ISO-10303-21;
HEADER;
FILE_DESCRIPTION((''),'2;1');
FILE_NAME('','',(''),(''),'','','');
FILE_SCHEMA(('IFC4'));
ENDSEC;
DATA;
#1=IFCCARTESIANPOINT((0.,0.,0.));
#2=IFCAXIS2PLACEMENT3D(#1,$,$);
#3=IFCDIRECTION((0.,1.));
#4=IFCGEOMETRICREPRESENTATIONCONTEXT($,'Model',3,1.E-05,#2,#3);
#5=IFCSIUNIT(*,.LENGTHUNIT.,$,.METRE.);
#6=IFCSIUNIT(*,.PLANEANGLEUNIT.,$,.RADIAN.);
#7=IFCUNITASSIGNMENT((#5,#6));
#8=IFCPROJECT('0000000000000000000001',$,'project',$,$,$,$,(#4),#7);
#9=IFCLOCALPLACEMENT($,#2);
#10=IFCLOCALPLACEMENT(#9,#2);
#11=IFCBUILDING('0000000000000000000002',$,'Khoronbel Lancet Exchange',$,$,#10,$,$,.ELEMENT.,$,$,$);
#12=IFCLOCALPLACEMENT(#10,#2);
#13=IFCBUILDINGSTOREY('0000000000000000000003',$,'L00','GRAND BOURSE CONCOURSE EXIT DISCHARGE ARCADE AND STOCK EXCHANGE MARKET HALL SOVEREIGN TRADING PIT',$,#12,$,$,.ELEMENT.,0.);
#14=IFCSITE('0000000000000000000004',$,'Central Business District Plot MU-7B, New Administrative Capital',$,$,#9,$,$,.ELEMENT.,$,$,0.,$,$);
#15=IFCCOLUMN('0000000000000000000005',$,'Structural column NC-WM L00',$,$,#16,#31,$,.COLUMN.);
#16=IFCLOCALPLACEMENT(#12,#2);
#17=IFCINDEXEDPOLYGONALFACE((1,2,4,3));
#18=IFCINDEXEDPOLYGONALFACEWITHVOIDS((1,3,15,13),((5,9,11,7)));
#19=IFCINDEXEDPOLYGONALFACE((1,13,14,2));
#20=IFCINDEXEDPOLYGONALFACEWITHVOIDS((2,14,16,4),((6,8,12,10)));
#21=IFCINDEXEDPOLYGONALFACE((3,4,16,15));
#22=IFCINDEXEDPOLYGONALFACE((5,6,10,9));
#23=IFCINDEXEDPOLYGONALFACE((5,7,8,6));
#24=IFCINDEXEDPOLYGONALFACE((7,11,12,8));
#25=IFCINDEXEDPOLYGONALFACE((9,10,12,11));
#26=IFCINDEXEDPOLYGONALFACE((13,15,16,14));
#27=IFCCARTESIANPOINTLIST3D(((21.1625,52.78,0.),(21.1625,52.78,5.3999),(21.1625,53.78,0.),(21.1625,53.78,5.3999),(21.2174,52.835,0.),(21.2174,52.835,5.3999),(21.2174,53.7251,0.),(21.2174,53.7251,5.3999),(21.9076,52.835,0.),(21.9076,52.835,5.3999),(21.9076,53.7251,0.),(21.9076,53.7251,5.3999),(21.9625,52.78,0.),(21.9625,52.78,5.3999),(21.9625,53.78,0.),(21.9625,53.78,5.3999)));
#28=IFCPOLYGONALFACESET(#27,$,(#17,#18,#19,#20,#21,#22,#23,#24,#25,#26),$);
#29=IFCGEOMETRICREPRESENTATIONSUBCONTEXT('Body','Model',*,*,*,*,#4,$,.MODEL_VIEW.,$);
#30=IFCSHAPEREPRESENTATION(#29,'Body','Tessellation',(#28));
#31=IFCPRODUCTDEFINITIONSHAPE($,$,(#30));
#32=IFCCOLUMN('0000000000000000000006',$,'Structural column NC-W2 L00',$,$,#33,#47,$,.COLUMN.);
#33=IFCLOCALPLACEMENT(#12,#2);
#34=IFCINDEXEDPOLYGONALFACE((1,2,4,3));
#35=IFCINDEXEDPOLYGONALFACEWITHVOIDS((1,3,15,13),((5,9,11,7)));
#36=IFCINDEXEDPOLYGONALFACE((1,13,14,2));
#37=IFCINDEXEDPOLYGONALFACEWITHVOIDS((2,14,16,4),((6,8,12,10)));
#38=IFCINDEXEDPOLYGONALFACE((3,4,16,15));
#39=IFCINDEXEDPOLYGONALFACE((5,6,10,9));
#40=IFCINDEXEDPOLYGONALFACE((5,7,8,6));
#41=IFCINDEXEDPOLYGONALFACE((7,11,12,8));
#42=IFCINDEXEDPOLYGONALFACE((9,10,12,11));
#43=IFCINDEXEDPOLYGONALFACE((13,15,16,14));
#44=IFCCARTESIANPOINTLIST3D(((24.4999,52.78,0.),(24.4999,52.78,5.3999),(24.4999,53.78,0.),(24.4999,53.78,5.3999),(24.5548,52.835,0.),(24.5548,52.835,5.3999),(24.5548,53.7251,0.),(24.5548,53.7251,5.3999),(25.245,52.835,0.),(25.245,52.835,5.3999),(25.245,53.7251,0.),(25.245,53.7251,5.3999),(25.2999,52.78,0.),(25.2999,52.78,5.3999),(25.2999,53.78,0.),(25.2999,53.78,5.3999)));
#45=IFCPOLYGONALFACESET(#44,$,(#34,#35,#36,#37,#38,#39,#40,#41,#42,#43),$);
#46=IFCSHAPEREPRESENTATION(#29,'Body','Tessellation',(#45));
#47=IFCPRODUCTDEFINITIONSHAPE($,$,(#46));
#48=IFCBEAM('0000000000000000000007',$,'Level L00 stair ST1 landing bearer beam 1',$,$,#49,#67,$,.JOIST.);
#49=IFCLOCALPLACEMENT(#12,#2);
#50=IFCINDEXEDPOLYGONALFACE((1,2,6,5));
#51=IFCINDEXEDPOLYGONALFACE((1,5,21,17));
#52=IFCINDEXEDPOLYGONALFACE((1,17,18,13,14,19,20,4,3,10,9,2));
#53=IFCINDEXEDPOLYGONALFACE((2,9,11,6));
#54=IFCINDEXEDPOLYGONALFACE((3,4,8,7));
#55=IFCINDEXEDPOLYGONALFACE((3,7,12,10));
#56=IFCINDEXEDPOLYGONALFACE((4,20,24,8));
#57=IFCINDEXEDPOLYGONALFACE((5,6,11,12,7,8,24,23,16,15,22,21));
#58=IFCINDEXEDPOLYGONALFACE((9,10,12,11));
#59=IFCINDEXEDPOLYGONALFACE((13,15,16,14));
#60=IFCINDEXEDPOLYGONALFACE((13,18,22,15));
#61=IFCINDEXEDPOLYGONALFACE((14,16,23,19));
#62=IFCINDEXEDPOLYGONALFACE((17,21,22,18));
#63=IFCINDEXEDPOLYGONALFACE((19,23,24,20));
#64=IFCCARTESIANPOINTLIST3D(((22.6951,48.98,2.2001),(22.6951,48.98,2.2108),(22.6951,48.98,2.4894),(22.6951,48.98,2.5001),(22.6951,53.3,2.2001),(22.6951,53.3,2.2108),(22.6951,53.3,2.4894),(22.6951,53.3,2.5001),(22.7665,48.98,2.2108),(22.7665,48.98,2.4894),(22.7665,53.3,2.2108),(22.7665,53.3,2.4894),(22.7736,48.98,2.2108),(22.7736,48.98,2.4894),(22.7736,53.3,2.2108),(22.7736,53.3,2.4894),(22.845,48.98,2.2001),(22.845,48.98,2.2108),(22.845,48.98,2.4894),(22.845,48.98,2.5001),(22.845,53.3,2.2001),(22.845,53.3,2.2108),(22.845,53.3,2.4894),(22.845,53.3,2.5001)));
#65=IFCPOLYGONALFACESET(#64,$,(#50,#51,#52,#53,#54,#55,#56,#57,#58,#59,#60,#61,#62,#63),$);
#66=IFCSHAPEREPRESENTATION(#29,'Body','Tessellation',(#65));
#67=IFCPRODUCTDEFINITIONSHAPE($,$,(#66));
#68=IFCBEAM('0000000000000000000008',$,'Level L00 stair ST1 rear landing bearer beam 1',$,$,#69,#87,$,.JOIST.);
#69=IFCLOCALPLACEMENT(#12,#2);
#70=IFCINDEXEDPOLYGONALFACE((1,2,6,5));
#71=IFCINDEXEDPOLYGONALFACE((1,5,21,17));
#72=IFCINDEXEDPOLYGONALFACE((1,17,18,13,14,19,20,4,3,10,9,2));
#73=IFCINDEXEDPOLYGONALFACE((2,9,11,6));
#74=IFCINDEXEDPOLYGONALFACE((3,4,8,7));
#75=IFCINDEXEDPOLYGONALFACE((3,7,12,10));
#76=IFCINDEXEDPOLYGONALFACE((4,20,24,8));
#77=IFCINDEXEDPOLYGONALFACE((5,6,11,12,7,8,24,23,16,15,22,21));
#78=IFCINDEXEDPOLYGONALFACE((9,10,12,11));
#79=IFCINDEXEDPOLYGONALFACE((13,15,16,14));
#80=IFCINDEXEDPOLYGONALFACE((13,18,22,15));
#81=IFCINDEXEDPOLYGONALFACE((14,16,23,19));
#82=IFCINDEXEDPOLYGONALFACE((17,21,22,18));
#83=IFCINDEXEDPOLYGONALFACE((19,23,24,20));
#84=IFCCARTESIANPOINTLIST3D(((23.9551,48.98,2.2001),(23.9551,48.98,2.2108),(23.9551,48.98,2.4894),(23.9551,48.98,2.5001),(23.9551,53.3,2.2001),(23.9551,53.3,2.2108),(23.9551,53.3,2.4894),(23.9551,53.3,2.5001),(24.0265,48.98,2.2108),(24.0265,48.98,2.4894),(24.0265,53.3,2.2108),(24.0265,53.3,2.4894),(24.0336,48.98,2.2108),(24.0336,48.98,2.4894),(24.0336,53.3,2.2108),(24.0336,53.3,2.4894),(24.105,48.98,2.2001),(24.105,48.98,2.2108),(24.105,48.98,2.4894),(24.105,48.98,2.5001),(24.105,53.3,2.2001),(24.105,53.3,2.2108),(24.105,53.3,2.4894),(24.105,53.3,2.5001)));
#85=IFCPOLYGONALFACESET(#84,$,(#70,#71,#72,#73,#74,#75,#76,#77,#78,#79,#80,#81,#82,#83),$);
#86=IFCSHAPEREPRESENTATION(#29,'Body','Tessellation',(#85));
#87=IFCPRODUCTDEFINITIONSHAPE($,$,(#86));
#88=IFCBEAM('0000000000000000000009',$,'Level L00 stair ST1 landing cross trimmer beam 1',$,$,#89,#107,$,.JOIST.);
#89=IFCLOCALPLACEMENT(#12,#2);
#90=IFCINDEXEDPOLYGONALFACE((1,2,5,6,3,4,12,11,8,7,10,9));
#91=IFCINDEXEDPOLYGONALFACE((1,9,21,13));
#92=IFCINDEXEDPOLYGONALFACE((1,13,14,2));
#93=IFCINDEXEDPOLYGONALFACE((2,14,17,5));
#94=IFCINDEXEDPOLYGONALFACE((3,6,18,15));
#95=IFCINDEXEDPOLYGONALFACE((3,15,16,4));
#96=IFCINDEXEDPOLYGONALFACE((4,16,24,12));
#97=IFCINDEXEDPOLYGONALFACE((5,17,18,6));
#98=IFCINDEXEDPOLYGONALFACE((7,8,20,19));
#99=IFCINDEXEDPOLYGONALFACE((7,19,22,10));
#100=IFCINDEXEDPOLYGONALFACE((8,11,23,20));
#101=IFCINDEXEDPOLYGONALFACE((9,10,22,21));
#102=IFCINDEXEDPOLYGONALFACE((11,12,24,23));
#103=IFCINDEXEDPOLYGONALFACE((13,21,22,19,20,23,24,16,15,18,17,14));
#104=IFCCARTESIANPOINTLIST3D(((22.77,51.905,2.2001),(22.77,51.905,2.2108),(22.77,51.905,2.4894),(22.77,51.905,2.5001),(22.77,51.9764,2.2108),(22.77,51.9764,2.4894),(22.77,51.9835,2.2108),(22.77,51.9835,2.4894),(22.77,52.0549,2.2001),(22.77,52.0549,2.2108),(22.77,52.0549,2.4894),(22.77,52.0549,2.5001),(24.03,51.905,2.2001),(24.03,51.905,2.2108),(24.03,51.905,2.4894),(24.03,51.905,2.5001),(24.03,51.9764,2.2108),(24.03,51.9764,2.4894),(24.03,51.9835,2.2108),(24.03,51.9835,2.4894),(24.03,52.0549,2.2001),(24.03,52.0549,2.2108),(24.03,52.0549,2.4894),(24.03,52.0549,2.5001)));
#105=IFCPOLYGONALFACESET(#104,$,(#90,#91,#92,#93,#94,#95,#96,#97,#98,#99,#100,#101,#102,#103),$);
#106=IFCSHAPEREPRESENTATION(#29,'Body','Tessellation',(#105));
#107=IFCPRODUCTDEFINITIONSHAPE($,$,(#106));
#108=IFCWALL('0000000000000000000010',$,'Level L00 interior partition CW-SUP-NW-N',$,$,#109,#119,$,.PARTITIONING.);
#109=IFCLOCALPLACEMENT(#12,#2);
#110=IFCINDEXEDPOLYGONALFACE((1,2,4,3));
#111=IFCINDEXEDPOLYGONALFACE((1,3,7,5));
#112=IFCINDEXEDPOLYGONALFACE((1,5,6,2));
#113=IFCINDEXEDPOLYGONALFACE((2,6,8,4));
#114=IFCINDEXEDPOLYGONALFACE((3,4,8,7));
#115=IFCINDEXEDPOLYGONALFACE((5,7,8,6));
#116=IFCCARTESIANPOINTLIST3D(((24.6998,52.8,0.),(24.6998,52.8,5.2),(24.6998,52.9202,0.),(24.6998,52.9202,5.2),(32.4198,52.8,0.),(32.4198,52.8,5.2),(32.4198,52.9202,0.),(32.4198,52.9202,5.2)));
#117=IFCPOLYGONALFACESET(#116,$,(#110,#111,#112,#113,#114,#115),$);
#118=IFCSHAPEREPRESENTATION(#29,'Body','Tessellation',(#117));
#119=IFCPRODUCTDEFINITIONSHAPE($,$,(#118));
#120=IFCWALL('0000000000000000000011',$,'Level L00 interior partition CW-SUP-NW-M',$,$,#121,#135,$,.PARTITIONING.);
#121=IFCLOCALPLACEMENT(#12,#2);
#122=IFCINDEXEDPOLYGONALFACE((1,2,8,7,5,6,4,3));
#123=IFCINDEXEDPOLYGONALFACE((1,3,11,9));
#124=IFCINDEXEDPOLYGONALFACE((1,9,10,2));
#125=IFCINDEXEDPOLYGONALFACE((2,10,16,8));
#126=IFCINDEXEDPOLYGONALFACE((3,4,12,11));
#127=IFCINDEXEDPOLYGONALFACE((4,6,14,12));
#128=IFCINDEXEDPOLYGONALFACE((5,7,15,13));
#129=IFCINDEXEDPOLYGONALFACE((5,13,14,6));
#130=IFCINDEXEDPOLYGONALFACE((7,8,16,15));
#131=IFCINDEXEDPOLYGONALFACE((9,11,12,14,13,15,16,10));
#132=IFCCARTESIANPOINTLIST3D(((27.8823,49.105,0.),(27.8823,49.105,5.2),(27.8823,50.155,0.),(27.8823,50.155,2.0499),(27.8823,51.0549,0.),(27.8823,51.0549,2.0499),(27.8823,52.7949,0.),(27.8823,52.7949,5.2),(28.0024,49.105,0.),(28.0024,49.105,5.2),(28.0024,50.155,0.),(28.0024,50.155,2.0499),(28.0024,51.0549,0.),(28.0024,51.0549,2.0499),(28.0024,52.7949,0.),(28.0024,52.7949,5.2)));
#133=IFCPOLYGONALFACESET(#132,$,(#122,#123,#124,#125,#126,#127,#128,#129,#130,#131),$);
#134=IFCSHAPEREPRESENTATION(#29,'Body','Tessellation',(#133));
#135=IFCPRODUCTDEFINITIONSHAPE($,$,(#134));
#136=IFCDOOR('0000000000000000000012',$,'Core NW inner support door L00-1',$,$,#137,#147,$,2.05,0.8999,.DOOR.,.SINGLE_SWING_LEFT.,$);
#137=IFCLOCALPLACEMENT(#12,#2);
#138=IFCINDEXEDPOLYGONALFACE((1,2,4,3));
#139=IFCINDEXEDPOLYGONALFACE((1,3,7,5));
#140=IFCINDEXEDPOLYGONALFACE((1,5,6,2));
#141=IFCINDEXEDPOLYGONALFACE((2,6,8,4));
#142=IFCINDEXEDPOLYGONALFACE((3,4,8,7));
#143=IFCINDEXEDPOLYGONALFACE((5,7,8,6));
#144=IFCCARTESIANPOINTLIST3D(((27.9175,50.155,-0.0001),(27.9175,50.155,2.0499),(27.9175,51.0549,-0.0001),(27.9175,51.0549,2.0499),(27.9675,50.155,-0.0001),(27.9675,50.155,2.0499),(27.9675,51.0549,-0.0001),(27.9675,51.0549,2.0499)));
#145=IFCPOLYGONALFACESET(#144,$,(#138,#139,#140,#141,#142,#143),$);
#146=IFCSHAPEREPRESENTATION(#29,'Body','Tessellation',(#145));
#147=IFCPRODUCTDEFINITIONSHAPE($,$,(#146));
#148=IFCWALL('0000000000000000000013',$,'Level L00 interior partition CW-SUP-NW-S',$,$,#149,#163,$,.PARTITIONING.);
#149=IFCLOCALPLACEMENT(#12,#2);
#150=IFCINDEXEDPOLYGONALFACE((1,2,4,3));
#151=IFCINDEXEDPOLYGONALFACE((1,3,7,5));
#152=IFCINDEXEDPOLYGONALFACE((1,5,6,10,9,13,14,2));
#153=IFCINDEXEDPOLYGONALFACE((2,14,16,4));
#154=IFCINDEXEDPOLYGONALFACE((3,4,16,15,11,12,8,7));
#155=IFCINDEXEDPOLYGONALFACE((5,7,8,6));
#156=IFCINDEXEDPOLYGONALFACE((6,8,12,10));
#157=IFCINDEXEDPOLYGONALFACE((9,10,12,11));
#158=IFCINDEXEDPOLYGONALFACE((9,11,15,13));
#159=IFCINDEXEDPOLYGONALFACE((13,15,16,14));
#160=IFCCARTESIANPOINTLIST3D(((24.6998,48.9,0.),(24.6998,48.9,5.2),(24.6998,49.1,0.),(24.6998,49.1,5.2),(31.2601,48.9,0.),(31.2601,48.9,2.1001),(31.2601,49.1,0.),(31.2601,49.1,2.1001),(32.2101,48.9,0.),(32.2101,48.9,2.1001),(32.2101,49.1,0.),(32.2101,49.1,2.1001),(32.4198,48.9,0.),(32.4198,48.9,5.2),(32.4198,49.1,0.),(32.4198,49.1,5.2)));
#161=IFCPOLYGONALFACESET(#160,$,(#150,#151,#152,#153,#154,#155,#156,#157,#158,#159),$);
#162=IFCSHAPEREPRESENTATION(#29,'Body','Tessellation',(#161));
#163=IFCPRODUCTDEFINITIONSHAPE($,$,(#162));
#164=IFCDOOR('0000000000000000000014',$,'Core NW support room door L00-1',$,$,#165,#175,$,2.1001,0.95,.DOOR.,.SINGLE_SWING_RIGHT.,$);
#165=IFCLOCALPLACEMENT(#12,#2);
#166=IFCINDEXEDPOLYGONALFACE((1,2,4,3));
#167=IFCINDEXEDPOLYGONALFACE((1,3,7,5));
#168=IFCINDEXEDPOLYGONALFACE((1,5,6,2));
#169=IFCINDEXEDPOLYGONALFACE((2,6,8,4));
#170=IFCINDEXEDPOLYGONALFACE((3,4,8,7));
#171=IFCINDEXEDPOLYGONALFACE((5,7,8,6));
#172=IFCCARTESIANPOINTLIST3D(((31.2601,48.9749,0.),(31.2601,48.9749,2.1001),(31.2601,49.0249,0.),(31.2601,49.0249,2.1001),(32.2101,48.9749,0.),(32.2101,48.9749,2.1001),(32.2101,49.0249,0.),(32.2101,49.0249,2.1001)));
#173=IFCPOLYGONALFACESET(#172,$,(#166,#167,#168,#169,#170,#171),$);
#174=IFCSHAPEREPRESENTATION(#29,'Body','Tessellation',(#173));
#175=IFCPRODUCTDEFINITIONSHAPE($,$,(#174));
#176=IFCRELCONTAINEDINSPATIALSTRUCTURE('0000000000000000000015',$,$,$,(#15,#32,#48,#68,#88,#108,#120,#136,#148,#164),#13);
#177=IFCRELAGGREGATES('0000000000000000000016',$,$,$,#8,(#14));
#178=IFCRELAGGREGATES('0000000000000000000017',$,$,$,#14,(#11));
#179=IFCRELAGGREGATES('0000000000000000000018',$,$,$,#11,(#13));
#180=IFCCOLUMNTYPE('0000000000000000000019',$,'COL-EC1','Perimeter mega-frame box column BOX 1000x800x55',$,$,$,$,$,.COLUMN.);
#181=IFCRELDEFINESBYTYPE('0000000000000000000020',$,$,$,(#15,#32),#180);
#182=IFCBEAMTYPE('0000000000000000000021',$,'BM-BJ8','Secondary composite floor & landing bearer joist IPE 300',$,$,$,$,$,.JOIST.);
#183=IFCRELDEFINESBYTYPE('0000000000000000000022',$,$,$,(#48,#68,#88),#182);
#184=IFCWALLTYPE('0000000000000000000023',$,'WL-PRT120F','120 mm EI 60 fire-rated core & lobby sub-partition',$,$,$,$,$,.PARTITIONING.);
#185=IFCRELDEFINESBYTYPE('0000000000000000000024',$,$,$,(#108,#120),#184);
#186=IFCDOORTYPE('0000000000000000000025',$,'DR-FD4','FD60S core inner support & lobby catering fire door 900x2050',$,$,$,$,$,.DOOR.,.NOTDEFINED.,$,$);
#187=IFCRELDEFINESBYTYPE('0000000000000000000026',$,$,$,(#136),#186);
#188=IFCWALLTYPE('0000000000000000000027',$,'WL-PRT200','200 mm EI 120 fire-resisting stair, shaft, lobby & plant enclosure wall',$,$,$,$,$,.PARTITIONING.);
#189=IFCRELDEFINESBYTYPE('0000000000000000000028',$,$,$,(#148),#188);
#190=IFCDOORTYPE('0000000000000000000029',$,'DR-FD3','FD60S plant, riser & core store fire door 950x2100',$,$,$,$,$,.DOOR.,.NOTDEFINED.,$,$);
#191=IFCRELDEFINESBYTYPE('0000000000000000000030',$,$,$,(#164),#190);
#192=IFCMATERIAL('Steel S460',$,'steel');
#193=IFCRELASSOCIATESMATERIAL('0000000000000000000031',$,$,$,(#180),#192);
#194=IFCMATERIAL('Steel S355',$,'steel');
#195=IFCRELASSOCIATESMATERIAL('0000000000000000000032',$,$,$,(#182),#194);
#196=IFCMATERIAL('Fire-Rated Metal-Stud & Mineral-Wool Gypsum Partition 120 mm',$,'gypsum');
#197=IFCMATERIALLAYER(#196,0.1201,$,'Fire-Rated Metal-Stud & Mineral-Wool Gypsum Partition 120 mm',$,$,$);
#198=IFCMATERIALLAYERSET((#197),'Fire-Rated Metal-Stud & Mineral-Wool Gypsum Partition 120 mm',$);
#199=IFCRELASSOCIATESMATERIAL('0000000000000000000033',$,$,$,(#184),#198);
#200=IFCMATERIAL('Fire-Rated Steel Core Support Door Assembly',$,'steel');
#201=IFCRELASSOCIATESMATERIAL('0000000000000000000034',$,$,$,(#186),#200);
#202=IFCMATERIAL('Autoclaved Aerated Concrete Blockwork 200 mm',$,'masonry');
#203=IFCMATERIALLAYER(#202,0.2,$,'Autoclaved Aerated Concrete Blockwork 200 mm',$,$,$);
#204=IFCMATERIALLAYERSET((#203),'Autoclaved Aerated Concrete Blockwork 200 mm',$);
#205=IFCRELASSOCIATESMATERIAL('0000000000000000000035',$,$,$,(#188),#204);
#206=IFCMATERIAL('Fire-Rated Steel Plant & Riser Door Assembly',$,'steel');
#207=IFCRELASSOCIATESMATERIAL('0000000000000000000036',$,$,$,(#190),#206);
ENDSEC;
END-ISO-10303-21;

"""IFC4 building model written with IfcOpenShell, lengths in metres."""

from ifc_helpers import new_model, si_unit, direction, frame, frame_2d, origin, origin_2d, place, context, subcontext, project, spatial, rectangle, hollow_rectangle, i_section, extrude, material, layer, layer_set, material_profile, profile_set, type_object, element, fill, save


model = new_model("IFC4")

# Units and contexts
model_context = context("Model", 3, precision=1e-05, world=origin(), true_north=direction((0.0, 1.0)))
body_context = subcontext(model_context, "Body", "Model", "MODEL_VIEW")
ifc_project = project(units=[si_unit("LENGTHUNIT", "METRE"), si_unit("PLANEANGLEUNIT", "RADIAN")], contexts=[model_context])

# Site, building, storey
site_placement = place(None, origin())
site = spatial("IfcSite", under=ifc_project, at=site_placement, Name="Central Business District Plot MU-7B, New Administrative Capital", CompositionType="ELEMENT", RefElevation=0.0)
building_placement = place(site_placement, origin())
building = spatial("IfcBuilding", under=site, at=building_placement, Name="Khoronbel Lancet Exchange", CompositionType="ELEMENT")
storey_placement = place(building_placement, origin())
storey = spatial("IfcBuildingStorey", under=building, at=storey_placement, Name="L00", Description="GRAND BOURSE CONCOURSE EXIT DISCHARGE ARCADE AND STOCK EXCHANGE MARKET HALL SOVEREIGN TRADING PIT", CompositionType="ELEMENT", Elevation=0.0)

# Columns
ifc_material_1 = material(Name="Steel S460", Category="steel")
ifc_material_profile_1 = material_profile(ifc_material_1, hollow_rectangle(XDim=0.8, YDim=1.0, WallThickness=0.0549, at=origin_2d()), Name="BOX 1000x800x55")
ifc_profile_set_1 = profile_set([ifc_material_profile_1], Name="Steel S460")
column_type = type_object("IfcColumnType", Name="COL-EC1", Description="Perimeter mega-frame box column BOX 1000x800x55", PredefinedType="COLUMN", material=ifc_profile_set_1)
for number, where, z_axis, x_axis, name in (
    (1, (21.5625, 53.28, 0.0), (0.0, 0.0, 1.0), (1.0, 0.0, 0.0), "Structural column NC-WM L00"),
    (2, (24.8999, 53.28, 0.0), (0.0, 0.0, 1.0), (1.0, 0.0, 0.0), "Structural column NC-W2 L00"),
):
    element("IfcColumn", number, at=place(storey_placement, frame(where, z_axis=z_axis, x_axis=x_axis)), inside=storey, type_object=column_type, Name=name, PredefinedType="COLUMN", context=body_context, shape_type="SweptSolid", body=[
        extrude(hollow_rectangle(XDim=0.8, YDim=1.0, WallThickness=0.0549, at=origin_2d()), origin(), (0.0, 0.0, 1.0), 5.3999),
    ])

# Beams
ifc_material_2 = material(Name="Steel S355", Category="steel")
ifc_material_profile_2 = material_profile(ifc_material_2, i_section(OverallWidth=0.1499, OverallDepth=0.3, WebThickness=0.0071, FlangeThickness=0.0107, at=origin_2d()), Name="IPE 300")
ifc_profile_set_2 = profile_set([ifc_material_profile_2], Name="Steel S355")
beam_type = type_object("IfcBeamType", Name="BM-BJ8", Description="Secondary composite floor & landing bearer joist IPE 300", PredefinedType="JOIST", material=ifc_profile_set_2)
for number, where, z_axis, x_axis, name in (
    (3, (22.77, 48.98, 2.3501), (0.0, 1.0, 0.0), (-1.0, 0.0, 0.0), "Level L00 stair ST1 landing bearer beam 1"),
    (4, (24.03, 48.98, 2.3501), (0.0, 1.0, 0.0), (-1.0, 0.0, 0.0), "Level L00 stair ST1 rear landing bearer beam 1"),
):
    element("IfcBeam", number, at=place(storey_placement, frame(where, z_axis=z_axis, x_axis=x_axis)), inside=storey, type_object=beam_type, Name=name, PredefinedType="JOIST", context=body_context, shape_type="SweptSolid", body=[
        extrude(i_section(OverallWidth=0.1499, OverallDepth=0.3, WebThickness=0.0071, FlangeThickness=0.0107, at=origin_2d()), origin(), (0.0, 0.0, 1.0), 4.3201),
    ])
beam_placement = place(storey_placement, frame((22.77, 51.98, 2.3501), z_axis=(1.0, 0.0, 0.0), x_axis=(0.0, 1.0, 0.0)))
element("IfcBeam", 5, at=beam_placement, inside=storey, type_object=beam_type, Name="Level L00 stair ST1 landing cross trimmer beam 1", PredefinedType="JOIST", context=body_context, shape_type="SweptSolid", body=[
    extrude(i_section(OverallWidth=0.1499, OverallDepth=0.3, WebThickness=0.0071, FlangeThickness=0.0107, at=origin_2d()), origin(), (0.0, 0.0, 1.0), 1.26),
])

# Wall
ifc_material_3 = material(Name="Fire-Rated Metal-Stud & Mineral-Wool Gypsum Partition 120 mm", Category="gypsum")
ifc_layer_1 = layer(ifc_material_3, 0.1201, Name="Fire-Rated Metal-Stud & Mineral-Wool Gypsum Partition 120 mm")
ifc_layer_set_1 = layer_set([ifc_layer_1], Name="Fire-Rated Metal-Stud & Mineral-Wool Gypsum Partition 120 mm")
wall_type_1 = type_object("IfcWallType", Name="WL-PRT120F", Description="120 mm EI 60 fire-rated core & lobby sub-partition", PredefinedType="PARTITIONING", material=ifc_layer_set_1)
wall_1_placement = place(storey_placement, frame((24.7, 52.8601, 0.0), z_axis=(0.0, 0.0, 1.0), x_axis=(1.0, 0.0, 0.0)))
element("IfcWall", 6, at=wall_1_placement, inside=storey, type_object=wall_type_1, Name="Level L00 interior partition CW-SUP-NW-N", PredefinedType="PARTITIONING", context=body_context, shape_type="SweptSolid", body=[
    extrude(rectangle(XDim=7.72, YDim=0.1201, at=frame_2d((3.8599, 0.0))), origin(), (0.0, 0.0, 1.0), 5.2),
])

# Walls, openings, doors
wall_2_placement = place(storey_placement, frame((27.9424, 49.105, 0.0), z_axis=(0.0, 0.0, 1.0), x_axis=(0.0, 1.0, 0.0)))
wall_2 = element("IfcWall", 7, at=wall_2_placement, inside=storey, type_object=wall_type_1, Name="Level L00 interior partition CW-SUP-NW-M", PredefinedType="PARTITIONING", context=body_context, shape_type="SweptSolid", body=[
    extrude(rectangle(XDim=3.6899, YDim=0.1201, at=frame_2d((1.845, 0.0))), origin(), (0.0, 0.0, 1.0), 5.2),
])
opening_1_placement = place(wall_2_placement, frame((1.05, 0.0, 0.0)))
opening_1 = element("IfcOpeningElement", 8, at=opening_1_placement, cuts=wall_2, PredefinedType="OPENING", context=body_context, shape_type="SweptSolid", body=[
    extrude(rectangle(XDim=0.8999, YDim=2.05, at=frame_2d((0.45, 1.0249))), frame((0.0, 0.0701, 0.0), z_axis=(0.0, -1.0, 0.0), x_axis=(1.0, 0.0, 0.0)), (0.0, 0.0, 1.0), 0.1401),
])
ifc_material_4 = material(Name="Fire-Rated Steel Core Support Door Assembly", Category="steel")
door_type_1 = type_object("IfcDoorType", Name="DR-FD4", Description="FD60S core inner support & lobby catering fire door 900x2050", OperationType="NOTDEFINED", PredefinedType="DOOR", material=ifc_material_4)
door_1_placement = place(opening_1_placement, origin())
door_1 = element("IfcDoor", 9, at=door_1_placement, inside=storey, type_object=door_type_1, Name="Core NW inner support door L00-1", OperationType="SINGLE_SWING_LEFT", OverallHeight=2.05, OverallWidth=0.8999, PredefinedType="DOOR", context=body_context, shape_type="SweptSolid", body=[
    extrude(rectangle(XDim=0.8999, YDim=2.05, at=frame_2d((0.45, 1.0249))), frame((0.0, 0.0249, 0.0), z_axis=(0.0, -1.0, 0.0), x_axis=(1.0, 0.0, 0.0)), (0.0, 0.0, 1.0), 0.05),
])
fill(opening_1, door_1)
ifc_material_5 = material(Name="Autoclaved Aerated Concrete Blockwork 200 mm", Category="masonry")
ifc_layer_2 = layer(ifc_material_5, 0.2, Name="Autoclaved Aerated Concrete Blockwork 200 mm")
ifc_layer_set_2 = layer_set([ifc_layer_2], Name="Autoclaved Aerated Concrete Blockwork 200 mm")
wall_type_2 = type_object("IfcWallType", Name="WL-PRT200", Description="200 mm EI 120 fire-resisting stair, shaft, lobby & plant enclosure wall", PredefinedType="PARTITIONING", material=ifc_layer_set_2)
wall_3_placement = place(storey_placement, frame((24.7, 49.0, 0.0), z_axis=(0.0, 0.0, 1.0), x_axis=(1.0, 0.0, 0.0)))
wall_3 = element("IfcWall", 10, at=wall_3_placement, inside=storey, type_object=wall_type_2, Name="Level L00 interior partition CW-SUP-NW-S", PredefinedType="PARTITIONING", context=body_context, shape_type="SweptSolid", body=[
    extrude(rectangle(XDim=7.72, YDim=0.2, at=frame_2d((3.8599, 0.0))), origin(), (0.0, 0.0, 1.0), 5.2),
])
opening_2_placement = place(wall_3_placement, frame((6.5601, 0.0, 0.0)))
opening_2 = element("IfcOpeningElement", 11, at=opening_2_placement, cuts=wall_3, PredefinedType="OPENING", context=body_context, shape_type="SweptSolid", body=[
    extrude(rectangle(XDim=0.95, YDim=2.1001, at=frame_2d((0.4751, 1.05))), frame((0.0, 0.1099, 0.0), z_axis=(0.0, -1.0, 0.0), x_axis=(1.0, 0.0, 0.0)), (0.0, 0.0, 1.0), 0.22),
])
ifc_material_6 = material(Name="Fire-Rated Steel Plant & Riser Door Assembly", Category="steel")
door_type_2 = type_object("IfcDoorType", Name="DR-FD3", Description="FD60S plant, riser & core store fire door 950x2100", OperationType="NOTDEFINED", PredefinedType="DOOR", material=ifc_material_6)
door_2_placement = place(opening_2_placement, origin())
door_2 = element("IfcDoor", 12, at=door_2_placement, inside=storey, type_object=door_type_2, Name="Core NW support room door L00-1", OperationType="SINGLE_SWING_RIGHT", OverallHeight=2.1001, OverallWidth=0.95, PredefinedType="DOOR", context=body_context, shape_type="SweptSolid", body=[
    extrude(rectangle(XDim=0.95, YDim=2.1001, at=frame_2d((0.4751, 1.05))), frame((0.0, 0.0249, 0.0), z_axis=(0.0, -1.0, 0.0), x_axis=(1.0, 0.0, 0.0)), (0.0, 0.0, 1.0), 0.05),
])
fill(opening_2, door_2)

save(model, "model.ifc")
